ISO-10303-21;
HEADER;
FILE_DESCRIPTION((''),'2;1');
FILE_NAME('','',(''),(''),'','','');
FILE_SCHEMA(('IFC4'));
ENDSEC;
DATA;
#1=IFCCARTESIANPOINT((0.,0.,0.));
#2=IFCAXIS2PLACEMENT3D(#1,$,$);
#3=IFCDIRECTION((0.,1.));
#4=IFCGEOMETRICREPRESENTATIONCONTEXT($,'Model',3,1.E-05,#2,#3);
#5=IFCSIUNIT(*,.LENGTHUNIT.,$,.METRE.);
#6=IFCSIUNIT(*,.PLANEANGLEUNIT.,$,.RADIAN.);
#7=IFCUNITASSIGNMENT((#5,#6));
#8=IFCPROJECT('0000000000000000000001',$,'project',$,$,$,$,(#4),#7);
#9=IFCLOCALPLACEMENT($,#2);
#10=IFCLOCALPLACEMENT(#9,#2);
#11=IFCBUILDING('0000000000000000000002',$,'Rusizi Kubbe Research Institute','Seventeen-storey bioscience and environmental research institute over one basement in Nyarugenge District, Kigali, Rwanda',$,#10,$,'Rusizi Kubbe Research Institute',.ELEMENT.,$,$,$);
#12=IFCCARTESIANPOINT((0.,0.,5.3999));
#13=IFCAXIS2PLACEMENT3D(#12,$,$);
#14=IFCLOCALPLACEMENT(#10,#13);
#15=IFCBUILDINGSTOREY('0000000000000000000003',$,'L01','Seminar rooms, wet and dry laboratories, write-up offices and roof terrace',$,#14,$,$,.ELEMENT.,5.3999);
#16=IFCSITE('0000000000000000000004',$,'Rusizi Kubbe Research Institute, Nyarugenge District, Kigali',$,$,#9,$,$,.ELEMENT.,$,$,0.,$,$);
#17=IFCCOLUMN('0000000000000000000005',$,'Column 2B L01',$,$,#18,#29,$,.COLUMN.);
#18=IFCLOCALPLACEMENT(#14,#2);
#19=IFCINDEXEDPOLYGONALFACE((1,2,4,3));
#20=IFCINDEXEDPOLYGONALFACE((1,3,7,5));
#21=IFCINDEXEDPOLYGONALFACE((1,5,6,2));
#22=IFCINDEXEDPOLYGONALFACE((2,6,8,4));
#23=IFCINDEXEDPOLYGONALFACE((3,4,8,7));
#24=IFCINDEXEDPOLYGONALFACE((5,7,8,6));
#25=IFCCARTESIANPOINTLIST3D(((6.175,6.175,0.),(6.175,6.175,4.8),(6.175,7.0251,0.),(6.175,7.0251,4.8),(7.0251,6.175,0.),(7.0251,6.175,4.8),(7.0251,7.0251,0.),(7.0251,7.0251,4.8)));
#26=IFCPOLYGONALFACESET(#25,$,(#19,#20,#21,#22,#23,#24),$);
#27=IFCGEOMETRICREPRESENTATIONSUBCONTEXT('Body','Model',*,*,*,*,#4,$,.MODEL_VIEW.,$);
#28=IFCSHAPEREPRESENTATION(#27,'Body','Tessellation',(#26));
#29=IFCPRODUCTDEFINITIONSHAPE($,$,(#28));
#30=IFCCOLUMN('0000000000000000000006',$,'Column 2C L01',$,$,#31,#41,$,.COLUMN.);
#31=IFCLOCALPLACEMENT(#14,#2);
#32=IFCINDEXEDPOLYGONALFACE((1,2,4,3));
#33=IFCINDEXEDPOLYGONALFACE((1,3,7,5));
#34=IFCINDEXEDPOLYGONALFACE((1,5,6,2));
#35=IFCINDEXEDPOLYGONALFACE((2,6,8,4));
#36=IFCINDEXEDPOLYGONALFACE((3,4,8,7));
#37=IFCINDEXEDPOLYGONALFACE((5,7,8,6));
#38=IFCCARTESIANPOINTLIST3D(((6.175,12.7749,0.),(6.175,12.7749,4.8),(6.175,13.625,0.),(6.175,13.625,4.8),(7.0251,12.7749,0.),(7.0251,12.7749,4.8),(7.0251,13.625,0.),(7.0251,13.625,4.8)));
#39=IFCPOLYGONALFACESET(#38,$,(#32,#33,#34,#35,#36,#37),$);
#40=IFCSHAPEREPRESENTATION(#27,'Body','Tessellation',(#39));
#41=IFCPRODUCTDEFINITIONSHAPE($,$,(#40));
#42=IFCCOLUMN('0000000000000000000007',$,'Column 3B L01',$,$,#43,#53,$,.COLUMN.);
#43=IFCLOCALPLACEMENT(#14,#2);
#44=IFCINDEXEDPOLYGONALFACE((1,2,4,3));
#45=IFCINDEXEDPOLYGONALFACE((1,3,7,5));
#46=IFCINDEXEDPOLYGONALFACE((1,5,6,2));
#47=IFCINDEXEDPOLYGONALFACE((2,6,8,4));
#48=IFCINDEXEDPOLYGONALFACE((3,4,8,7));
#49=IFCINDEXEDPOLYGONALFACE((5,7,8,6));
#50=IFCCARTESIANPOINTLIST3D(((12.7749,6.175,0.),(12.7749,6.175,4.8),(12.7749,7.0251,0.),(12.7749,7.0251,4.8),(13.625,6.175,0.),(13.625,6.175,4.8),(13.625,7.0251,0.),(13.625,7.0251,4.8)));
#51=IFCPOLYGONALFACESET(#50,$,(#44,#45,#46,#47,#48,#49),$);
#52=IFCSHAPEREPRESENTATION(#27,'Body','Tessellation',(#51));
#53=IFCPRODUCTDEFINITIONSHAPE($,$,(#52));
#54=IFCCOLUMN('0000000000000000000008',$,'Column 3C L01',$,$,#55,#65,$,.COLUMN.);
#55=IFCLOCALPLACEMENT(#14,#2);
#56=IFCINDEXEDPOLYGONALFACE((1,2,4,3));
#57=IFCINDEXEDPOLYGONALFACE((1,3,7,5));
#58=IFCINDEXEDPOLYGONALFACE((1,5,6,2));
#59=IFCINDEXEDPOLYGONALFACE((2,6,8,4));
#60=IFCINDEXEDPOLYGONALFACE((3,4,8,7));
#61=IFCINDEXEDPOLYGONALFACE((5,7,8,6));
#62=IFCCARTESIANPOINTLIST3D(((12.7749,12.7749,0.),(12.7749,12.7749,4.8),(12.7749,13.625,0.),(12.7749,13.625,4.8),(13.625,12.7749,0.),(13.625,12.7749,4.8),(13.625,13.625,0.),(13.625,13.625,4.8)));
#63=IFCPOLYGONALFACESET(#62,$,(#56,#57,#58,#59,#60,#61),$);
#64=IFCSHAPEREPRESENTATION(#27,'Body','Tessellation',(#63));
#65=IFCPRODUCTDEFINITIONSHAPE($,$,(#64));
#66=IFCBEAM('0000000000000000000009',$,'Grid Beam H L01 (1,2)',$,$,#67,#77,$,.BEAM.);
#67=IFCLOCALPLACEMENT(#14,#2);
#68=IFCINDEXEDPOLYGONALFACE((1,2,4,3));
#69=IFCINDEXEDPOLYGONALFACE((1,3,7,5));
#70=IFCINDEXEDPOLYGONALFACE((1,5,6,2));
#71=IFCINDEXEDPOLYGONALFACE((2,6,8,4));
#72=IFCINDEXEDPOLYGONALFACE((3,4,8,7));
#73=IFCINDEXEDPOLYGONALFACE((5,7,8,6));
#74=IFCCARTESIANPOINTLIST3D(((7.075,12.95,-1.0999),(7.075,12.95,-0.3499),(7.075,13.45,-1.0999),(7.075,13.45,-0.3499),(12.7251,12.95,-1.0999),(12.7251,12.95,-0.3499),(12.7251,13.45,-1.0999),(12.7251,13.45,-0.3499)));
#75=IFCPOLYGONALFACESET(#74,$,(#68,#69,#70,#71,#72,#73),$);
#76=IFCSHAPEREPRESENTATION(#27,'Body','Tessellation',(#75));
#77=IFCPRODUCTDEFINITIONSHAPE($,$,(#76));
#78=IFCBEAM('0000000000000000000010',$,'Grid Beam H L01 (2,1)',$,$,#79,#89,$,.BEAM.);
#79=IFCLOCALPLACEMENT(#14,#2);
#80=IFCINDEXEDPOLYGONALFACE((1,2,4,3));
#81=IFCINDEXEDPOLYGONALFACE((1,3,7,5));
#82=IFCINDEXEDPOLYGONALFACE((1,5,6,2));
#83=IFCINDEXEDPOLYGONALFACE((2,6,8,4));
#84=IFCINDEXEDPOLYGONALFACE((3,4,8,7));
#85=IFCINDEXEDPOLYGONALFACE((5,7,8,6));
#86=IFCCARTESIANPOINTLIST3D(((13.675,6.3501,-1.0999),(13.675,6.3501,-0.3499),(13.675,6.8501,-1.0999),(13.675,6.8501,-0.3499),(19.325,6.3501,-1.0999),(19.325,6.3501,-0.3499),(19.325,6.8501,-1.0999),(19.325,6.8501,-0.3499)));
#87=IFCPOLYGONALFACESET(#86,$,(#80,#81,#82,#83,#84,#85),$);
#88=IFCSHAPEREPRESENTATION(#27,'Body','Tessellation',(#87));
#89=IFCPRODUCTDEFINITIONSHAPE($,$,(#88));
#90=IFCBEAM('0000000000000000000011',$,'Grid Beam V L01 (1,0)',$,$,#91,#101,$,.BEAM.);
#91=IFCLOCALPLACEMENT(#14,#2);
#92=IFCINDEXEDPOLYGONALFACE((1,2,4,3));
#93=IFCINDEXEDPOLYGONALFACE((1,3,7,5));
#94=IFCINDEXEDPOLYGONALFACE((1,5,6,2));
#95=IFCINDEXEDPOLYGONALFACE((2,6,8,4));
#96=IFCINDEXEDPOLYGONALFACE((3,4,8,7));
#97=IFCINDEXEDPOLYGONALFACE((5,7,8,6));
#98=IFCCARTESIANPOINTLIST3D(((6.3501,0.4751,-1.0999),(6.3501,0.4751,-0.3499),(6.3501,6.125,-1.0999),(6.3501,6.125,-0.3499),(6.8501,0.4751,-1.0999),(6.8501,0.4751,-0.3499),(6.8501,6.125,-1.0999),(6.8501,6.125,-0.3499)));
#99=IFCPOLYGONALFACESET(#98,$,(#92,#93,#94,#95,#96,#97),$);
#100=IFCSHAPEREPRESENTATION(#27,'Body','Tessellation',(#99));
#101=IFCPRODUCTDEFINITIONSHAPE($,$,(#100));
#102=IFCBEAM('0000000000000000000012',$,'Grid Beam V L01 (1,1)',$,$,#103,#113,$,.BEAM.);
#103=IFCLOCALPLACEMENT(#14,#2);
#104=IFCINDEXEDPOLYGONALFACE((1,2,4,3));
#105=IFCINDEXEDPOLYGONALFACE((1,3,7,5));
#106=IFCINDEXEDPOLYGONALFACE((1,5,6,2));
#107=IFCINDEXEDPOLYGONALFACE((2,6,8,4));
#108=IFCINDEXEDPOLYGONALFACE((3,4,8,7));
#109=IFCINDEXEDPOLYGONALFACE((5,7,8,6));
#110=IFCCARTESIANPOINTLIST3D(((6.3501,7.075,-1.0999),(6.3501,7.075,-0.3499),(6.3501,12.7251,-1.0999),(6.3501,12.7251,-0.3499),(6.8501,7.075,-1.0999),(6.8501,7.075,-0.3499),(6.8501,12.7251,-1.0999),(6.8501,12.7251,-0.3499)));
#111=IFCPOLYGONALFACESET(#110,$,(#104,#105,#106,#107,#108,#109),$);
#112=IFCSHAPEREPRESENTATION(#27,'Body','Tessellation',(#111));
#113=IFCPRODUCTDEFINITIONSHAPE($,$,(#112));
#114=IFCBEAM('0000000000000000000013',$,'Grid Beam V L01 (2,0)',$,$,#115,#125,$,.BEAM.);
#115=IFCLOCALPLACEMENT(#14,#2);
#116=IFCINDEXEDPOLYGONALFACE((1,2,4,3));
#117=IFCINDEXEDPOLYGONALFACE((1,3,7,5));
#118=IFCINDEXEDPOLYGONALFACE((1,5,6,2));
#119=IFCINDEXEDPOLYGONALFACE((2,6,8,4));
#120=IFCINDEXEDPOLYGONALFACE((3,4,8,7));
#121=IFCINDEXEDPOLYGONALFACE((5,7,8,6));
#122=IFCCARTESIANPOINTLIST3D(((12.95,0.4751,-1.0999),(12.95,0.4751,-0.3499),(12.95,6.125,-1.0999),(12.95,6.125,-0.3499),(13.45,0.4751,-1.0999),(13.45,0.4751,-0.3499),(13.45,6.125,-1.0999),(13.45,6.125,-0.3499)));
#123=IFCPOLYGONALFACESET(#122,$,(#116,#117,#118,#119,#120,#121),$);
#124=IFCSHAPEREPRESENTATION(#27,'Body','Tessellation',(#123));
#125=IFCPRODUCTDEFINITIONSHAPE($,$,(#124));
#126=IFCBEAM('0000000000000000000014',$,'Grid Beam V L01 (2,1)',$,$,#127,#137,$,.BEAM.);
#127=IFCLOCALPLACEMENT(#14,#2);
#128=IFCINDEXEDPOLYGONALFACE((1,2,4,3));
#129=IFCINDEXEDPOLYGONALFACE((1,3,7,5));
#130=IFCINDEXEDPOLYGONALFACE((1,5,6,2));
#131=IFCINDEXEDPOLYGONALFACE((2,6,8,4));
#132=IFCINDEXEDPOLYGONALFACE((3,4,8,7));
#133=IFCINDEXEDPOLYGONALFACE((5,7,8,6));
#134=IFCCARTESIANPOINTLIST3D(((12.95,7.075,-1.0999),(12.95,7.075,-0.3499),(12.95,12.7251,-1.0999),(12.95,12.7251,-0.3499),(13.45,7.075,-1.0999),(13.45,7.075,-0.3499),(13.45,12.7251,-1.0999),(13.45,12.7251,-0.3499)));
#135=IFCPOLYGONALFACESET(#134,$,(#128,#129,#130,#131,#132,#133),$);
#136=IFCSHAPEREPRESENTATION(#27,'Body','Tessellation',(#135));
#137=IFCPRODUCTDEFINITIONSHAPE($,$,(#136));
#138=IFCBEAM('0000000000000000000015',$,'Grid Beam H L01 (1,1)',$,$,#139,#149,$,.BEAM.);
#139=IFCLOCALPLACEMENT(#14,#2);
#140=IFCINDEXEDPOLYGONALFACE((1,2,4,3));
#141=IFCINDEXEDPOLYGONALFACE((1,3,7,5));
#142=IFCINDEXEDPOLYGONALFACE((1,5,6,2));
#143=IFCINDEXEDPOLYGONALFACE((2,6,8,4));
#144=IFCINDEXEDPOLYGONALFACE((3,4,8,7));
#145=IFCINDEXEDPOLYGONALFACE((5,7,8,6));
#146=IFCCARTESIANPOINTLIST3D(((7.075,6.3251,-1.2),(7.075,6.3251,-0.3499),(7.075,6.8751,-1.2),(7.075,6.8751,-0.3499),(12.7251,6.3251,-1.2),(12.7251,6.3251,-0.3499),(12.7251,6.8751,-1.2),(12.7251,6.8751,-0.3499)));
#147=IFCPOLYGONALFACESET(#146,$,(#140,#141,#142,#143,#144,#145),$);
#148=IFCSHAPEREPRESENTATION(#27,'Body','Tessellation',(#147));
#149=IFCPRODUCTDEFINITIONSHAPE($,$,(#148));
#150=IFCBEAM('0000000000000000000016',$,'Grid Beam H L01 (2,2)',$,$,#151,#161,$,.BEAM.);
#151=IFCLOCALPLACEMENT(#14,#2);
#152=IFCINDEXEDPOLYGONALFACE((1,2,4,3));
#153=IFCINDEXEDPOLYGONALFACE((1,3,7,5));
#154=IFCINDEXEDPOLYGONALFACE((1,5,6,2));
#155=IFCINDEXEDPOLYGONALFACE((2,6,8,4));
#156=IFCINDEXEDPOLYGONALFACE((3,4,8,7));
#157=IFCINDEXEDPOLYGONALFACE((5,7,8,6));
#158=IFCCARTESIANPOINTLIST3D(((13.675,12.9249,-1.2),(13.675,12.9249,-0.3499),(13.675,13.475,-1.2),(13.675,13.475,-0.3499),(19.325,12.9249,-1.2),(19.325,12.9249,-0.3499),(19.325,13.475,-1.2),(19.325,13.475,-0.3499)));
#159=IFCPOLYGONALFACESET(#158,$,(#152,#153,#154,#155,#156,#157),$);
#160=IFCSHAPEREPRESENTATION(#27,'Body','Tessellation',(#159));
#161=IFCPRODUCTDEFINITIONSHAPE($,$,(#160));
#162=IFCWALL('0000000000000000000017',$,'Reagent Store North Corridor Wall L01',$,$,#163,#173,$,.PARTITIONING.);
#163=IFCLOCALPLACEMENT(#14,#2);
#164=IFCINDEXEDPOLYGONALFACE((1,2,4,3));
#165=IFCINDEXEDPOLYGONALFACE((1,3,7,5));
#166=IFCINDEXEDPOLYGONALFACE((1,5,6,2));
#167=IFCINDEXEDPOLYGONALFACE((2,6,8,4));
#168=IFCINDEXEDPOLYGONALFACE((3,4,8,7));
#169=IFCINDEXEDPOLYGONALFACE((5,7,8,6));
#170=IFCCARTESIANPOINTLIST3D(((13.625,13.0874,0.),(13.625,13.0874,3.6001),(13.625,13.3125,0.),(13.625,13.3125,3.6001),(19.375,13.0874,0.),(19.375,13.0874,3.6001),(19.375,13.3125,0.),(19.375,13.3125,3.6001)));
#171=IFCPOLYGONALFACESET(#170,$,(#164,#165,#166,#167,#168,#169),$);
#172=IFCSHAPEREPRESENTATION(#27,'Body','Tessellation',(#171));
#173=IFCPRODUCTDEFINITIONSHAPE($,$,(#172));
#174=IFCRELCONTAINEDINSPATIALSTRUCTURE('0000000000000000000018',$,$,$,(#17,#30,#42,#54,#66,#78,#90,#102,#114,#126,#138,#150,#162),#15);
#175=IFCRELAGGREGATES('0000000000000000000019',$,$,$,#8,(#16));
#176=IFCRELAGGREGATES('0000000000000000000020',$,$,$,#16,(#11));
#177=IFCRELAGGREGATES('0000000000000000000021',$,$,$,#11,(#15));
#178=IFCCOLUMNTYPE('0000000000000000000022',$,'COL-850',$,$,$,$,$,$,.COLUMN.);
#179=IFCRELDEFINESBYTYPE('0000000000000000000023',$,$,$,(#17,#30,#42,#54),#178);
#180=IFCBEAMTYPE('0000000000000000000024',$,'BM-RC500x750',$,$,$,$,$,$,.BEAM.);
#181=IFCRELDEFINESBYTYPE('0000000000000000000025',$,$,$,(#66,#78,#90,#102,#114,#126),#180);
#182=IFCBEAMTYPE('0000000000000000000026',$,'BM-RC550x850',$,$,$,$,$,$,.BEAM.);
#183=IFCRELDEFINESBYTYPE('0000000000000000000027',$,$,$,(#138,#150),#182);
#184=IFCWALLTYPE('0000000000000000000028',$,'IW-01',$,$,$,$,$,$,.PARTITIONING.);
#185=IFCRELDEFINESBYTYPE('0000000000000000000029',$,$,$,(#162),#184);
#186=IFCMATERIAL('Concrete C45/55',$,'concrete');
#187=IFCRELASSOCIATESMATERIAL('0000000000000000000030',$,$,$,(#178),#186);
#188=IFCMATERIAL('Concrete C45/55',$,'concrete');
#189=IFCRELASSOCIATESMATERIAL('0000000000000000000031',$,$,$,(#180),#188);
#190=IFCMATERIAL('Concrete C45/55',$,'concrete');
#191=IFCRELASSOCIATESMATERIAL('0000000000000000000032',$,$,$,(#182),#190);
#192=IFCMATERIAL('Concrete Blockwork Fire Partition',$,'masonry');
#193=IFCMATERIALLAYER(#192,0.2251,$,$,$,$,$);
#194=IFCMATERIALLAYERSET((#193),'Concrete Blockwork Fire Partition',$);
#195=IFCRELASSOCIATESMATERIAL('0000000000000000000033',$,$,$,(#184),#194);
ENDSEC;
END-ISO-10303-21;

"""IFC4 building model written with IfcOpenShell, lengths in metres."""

from ifc_helpers import new_model, si_unit, direction, frame, frame_2d, origin, origin_2d, place, context, subcontext, project, spatial, rectangle, extrude, material, layer, layer_set, material_profile, profile_set, type_object, element, save


model = new_model("IFC4")

# Units and contexts
model_context = context("Model", 3, precision=1e-05, world=origin(), true_north=direction((0.0, 1.0)))
body_context = subcontext(model_context, "Body", "Model", "MODEL_VIEW")
ifc_project = project(units=[si_unit("LENGTHUNIT", "METRE"), si_unit("PLANEANGLEUNIT", "RADIAN")], contexts=[model_context])

# Site, building, storey
site_placement = place(None, origin())
site = spatial("IfcSite", under=ifc_project, at=site_placement, Name="Rusizi Kubbe Research Institute, Nyarugenge District, Kigali", CompositionType="ELEMENT", RefElevation=0.0)
building_placement = place(site_placement, origin())
building = spatial("IfcBuilding", under=site, at=building_placement, Name="Rusizi Kubbe Research Institute", Description="Seventeen-storey bioscience and environmental research institute over one basement in Nyarugenge District, Kigali, Rwanda", LongName="Rusizi Kubbe Research Institute", CompositionType="ELEMENT")
storey_placement = place(building_placement, frame((0.0, 0.0, 5.3999)))
storey = spatial("IfcBuildingStorey", under=building, at=storey_placement, Name="L01", Description="Seminar rooms, wet and dry laboratories, write-up offices and roof terrace", CompositionType="ELEMENT", Elevation=5.3999)

# Columns
ifc_material_1 = material(Name="Concrete C45/55", Category="concrete")
ifc_material_profile_1 = material_profile(ifc_material_1, rectangle(XDim=0.8501, YDim=0.8501, at=origin_2d()), Name="RC850x850")
ifc_profile_set_1 = profile_set([ifc_material_profile_1], Name="Concrete C45/55")
column_type = type_object("IfcColumnType", Name="COL-850", PredefinedType="COLUMN", material=ifc_profile_set_1)
for number, where, z_axis, x_axis, name in (
    (1, (6.6001, 6.6001, 0.0), (0.0, 0.0, 1.0), (1.0, 0.0, 0.0), "Column 2B L01"),
    (2, (6.6001, 13.2, 0.0), (0.0, 0.0, 1.0), (1.0, 0.0, 0.0), "Column 2C L01"),
    (3, (13.2, 6.6001, 0.0), (0.0, 0.0, 1.0), (1.0, 0.0, 0.0), "Column 3B L01"),
    (4, (13.2, 13.2, 0.0), (0.0, 0.0, 1.0), (1.0, 0.0, 0.0), "Column 3C L01"),
):
    element("IfcColumn", number, at=place(storey_placement, frame(where, z_axis=z_axis, x_axis=x_axis)), inside=storey, type_object=column_type, Name=name, PredefinedType="COLUMN", context=body_context, shape_type="SweptSolid", body=[
        extrude(rectangle(XDim=0.8501, YDim=0.8501, at=origin_2d()), origin(), (0.0, 0.0, 1.0), 4.8),
    ])

# Beams
ifc_material_2 = material(Name="Concrete C45/55", Category="concrete")
ifc_material_profile_2 = material_profile(ifc_material_2, rectangle(XDim=0.5, YDim=0.75, at=origin_2d()), Name="RC500x750B")
ifc_profile_set_2 = profile_set([ifc_material_profile_2], Name="Concrete C45/55")
beam_type_1 = type_object("IfcBeamType", Name="BM-RC500x750", PredefinedType="BEAM", material=ifc_profile_set_2)
beam_1_placement = place(storey_placement, frame((7.075, 13.2, -0.7249), z_axis=(1.0, 0.0, 0.0), x_axis=(0.0, 1.0, 0.0)))
element("IfcBeam", 5, at=beam_1_placement, inside=storey, type_object=beam_type_1, Name="Grid Beam H L01 (1,2)", PredefinedType="BEAM", context=body_context, shape_type="SweptSolid", body=[
    extrude(rectangle(XDim=0.5, YDim=0.75, at=origin_2d()), origin(), (0.0, 0.0, 1.0), 5.6501),
])
for number, where, z_axis, x_axis, name in (
    (6, (13.675, 6.6001, -0.7249), (1.0, 0.0, 0.0), (0.0, 1.0, 0.0), "Grid Beam H L01 (2,1)"),
    (7, (6.6001, 0.4751, -0.7249), (0.0, 1.0, 0.0), (-1.0, 0.0, 0.0), "Grid Beam V L01 (1,0)"),
):
    element("IfcBeam", number, at=place(storey_placement, frame(where, z_axis=z_axis, x_axis=x_axis)), inside=storey, type_object=beam_type_1, Name=name, PredefinedType="BEAM", context=body_context, shape_type="SweptSolid", body=[
        extrude(rectangle(XDim=0.5, YDim=0.75, at=origin_2d()), origin(), (0.0, 0.0, 1.0), 5.6499),
    ])
beam_2_placement = place(storey_placement, frame((6.6001, 7.075, -0.7249), z_axis=(0.0, 1.0, 0.0), x_axis=(-1.0, 0.0, 0.0)))
element("IfcBeam", 8, at=beam_2_placement, inside=storey, type_object=beam_type_1, Name="Grid Beam V L01 (1,1)", PredefinedType="BEAM", context=body_context, shape_type="SweptSolid", body=[
    extrude(rectangle(XDim=0.5, YDim=0.75, at=origin_2d()), origin(), (0.0, 0.0, 1.0), 5.6501),
])
beam_3_placement = place(storey_placement, frame((13.2, 0.4751, -0.7249), z_axis=(0.0, 1.0, 0.0), x_axis=(-1.0, 0.0, 0.0)))
element("IfcBeam", 9, at=beam_3_placement, inside=storey, type_object=beam_type_1, Name="Grid Beam V L01 (2,0)", PredefinedType="BEAM", context=body_context, shape_type="SweptSolid", body=[
    extrude(rectangle(XDim=0.5, YDim=0.75, at=origin_2d()), origin(), (0.0, 0.0, 1.0), 5.6499),
])
beam_4_placement = place(storey_placement, frame((13.2, 7.075, -0.7249), z_axis=(0.0, 1.0, 0.0), x_axis=(-1.0, 0.0, 0.0)))
element("IfcBeam", 10, at=beam_4_placement, inside=storey, type_object=beam_type_1, Name="Grid Beam V L01 (2,1)", PredefinedType="BEAM", context=body_context, shape_type="SweptSolid", body=[
    extrude(rectangle(XDim=0.5, YDim=0.75, at=origin_2d()), origin(), (0.0, 0.0, 1.0), 5.6501),
])
ifc_material_3 = material(Name="Concrete C45/55", Category="concrete")
ifc_material_profile_3 = material_profile(ifc_material_3, rectangle(XDim=0.55, YDim=0.8501, at=origin_2d()), Name="RC550x850")
ifc_profile_set_3 = profile_set([ifc_material_profile_3], Name="Concrete C45/55")
beam_type_2 = type_object("IfcBeamType", Name="BM-RC550x850", PredefinedType="BEAM", material=ifc_profile_set_3)
beam_5_placement = place(storey_placement, frame((7.075, 6.6001, -0.7749), z_axis=(1.0, 0.0, 0.0), x_axis=(0.0, 1.0, 0.0)))
element("IfcBeam", 11, at=beam_5_placement, inside=storey, type_object=beam_type_2, Name="Grid Beam H L01 (1,1)", PredefinedType="BEAM", context=body_context, shape_type="SweptSolid", body=[
    extrude(rectangle(XDim=0.55, YDim=0.8501, at=origin_2d()), origin(), (0.0, 0.0, 1.0), 5.6501),
])
beam_6_placement = place(storey_placement, frame((13.675, 13.2, -0.7749), z_axis=(1.0, 0.0, 0.0), x_axis=(0.0, 1.0, 0.0)))
element("IfcBeam", 12, at=beam_6_placement, inside=storey, type_object=beam_type_2, Name="Grid Beam H L01 (2,2)", PredefinedType="BEAM", context=body_context, shape_type="SweptSolid", body=[
    extrude(rectangle(XDim=0.55, YDim=0.8501, at=origin_2d()), origin(), (0.0, 0.0, 1.0), 5.6499),
])

# Wall
ifc_material_4 = material(Name="Concrete Blockwork Fire Partition", Category="masonry")
ifc_layer_1 = layer(ifc_material_4, 0.2251)
ifc_layer_set_1 = layer_set([ifc_layer_1], Name="Concrete Blockwork Fire Partition")
wall_type_1 = type_object("IfcWallType", Name="IW-01", PredefinedType="PARTITIONING", material=ifc_layer_set_1)
wall_1_placement = place(storey_placement, frame((13.625, 13.2, 0.0), z_axis=(0.0, 0.0, 1.0), x_axis=(1.0, 0.0, 0.0)))
element("IfcWall", 13, at=wall_1_placement, inside=storey, type_object=wall_type_1, Name="Reagent Store North Corridor Wall L01", PredefinedType="PARTITIONING", context=body_context, shape_type="SweptSolid", body=[
    extrude(rectangle(XDim=5.75, YDim=0.2251, at=frame_2d((2.875, 0.0))), origin(), (0.0, 0.0, 1.0), 3.6001),
])

save(model, "model.ifc")
